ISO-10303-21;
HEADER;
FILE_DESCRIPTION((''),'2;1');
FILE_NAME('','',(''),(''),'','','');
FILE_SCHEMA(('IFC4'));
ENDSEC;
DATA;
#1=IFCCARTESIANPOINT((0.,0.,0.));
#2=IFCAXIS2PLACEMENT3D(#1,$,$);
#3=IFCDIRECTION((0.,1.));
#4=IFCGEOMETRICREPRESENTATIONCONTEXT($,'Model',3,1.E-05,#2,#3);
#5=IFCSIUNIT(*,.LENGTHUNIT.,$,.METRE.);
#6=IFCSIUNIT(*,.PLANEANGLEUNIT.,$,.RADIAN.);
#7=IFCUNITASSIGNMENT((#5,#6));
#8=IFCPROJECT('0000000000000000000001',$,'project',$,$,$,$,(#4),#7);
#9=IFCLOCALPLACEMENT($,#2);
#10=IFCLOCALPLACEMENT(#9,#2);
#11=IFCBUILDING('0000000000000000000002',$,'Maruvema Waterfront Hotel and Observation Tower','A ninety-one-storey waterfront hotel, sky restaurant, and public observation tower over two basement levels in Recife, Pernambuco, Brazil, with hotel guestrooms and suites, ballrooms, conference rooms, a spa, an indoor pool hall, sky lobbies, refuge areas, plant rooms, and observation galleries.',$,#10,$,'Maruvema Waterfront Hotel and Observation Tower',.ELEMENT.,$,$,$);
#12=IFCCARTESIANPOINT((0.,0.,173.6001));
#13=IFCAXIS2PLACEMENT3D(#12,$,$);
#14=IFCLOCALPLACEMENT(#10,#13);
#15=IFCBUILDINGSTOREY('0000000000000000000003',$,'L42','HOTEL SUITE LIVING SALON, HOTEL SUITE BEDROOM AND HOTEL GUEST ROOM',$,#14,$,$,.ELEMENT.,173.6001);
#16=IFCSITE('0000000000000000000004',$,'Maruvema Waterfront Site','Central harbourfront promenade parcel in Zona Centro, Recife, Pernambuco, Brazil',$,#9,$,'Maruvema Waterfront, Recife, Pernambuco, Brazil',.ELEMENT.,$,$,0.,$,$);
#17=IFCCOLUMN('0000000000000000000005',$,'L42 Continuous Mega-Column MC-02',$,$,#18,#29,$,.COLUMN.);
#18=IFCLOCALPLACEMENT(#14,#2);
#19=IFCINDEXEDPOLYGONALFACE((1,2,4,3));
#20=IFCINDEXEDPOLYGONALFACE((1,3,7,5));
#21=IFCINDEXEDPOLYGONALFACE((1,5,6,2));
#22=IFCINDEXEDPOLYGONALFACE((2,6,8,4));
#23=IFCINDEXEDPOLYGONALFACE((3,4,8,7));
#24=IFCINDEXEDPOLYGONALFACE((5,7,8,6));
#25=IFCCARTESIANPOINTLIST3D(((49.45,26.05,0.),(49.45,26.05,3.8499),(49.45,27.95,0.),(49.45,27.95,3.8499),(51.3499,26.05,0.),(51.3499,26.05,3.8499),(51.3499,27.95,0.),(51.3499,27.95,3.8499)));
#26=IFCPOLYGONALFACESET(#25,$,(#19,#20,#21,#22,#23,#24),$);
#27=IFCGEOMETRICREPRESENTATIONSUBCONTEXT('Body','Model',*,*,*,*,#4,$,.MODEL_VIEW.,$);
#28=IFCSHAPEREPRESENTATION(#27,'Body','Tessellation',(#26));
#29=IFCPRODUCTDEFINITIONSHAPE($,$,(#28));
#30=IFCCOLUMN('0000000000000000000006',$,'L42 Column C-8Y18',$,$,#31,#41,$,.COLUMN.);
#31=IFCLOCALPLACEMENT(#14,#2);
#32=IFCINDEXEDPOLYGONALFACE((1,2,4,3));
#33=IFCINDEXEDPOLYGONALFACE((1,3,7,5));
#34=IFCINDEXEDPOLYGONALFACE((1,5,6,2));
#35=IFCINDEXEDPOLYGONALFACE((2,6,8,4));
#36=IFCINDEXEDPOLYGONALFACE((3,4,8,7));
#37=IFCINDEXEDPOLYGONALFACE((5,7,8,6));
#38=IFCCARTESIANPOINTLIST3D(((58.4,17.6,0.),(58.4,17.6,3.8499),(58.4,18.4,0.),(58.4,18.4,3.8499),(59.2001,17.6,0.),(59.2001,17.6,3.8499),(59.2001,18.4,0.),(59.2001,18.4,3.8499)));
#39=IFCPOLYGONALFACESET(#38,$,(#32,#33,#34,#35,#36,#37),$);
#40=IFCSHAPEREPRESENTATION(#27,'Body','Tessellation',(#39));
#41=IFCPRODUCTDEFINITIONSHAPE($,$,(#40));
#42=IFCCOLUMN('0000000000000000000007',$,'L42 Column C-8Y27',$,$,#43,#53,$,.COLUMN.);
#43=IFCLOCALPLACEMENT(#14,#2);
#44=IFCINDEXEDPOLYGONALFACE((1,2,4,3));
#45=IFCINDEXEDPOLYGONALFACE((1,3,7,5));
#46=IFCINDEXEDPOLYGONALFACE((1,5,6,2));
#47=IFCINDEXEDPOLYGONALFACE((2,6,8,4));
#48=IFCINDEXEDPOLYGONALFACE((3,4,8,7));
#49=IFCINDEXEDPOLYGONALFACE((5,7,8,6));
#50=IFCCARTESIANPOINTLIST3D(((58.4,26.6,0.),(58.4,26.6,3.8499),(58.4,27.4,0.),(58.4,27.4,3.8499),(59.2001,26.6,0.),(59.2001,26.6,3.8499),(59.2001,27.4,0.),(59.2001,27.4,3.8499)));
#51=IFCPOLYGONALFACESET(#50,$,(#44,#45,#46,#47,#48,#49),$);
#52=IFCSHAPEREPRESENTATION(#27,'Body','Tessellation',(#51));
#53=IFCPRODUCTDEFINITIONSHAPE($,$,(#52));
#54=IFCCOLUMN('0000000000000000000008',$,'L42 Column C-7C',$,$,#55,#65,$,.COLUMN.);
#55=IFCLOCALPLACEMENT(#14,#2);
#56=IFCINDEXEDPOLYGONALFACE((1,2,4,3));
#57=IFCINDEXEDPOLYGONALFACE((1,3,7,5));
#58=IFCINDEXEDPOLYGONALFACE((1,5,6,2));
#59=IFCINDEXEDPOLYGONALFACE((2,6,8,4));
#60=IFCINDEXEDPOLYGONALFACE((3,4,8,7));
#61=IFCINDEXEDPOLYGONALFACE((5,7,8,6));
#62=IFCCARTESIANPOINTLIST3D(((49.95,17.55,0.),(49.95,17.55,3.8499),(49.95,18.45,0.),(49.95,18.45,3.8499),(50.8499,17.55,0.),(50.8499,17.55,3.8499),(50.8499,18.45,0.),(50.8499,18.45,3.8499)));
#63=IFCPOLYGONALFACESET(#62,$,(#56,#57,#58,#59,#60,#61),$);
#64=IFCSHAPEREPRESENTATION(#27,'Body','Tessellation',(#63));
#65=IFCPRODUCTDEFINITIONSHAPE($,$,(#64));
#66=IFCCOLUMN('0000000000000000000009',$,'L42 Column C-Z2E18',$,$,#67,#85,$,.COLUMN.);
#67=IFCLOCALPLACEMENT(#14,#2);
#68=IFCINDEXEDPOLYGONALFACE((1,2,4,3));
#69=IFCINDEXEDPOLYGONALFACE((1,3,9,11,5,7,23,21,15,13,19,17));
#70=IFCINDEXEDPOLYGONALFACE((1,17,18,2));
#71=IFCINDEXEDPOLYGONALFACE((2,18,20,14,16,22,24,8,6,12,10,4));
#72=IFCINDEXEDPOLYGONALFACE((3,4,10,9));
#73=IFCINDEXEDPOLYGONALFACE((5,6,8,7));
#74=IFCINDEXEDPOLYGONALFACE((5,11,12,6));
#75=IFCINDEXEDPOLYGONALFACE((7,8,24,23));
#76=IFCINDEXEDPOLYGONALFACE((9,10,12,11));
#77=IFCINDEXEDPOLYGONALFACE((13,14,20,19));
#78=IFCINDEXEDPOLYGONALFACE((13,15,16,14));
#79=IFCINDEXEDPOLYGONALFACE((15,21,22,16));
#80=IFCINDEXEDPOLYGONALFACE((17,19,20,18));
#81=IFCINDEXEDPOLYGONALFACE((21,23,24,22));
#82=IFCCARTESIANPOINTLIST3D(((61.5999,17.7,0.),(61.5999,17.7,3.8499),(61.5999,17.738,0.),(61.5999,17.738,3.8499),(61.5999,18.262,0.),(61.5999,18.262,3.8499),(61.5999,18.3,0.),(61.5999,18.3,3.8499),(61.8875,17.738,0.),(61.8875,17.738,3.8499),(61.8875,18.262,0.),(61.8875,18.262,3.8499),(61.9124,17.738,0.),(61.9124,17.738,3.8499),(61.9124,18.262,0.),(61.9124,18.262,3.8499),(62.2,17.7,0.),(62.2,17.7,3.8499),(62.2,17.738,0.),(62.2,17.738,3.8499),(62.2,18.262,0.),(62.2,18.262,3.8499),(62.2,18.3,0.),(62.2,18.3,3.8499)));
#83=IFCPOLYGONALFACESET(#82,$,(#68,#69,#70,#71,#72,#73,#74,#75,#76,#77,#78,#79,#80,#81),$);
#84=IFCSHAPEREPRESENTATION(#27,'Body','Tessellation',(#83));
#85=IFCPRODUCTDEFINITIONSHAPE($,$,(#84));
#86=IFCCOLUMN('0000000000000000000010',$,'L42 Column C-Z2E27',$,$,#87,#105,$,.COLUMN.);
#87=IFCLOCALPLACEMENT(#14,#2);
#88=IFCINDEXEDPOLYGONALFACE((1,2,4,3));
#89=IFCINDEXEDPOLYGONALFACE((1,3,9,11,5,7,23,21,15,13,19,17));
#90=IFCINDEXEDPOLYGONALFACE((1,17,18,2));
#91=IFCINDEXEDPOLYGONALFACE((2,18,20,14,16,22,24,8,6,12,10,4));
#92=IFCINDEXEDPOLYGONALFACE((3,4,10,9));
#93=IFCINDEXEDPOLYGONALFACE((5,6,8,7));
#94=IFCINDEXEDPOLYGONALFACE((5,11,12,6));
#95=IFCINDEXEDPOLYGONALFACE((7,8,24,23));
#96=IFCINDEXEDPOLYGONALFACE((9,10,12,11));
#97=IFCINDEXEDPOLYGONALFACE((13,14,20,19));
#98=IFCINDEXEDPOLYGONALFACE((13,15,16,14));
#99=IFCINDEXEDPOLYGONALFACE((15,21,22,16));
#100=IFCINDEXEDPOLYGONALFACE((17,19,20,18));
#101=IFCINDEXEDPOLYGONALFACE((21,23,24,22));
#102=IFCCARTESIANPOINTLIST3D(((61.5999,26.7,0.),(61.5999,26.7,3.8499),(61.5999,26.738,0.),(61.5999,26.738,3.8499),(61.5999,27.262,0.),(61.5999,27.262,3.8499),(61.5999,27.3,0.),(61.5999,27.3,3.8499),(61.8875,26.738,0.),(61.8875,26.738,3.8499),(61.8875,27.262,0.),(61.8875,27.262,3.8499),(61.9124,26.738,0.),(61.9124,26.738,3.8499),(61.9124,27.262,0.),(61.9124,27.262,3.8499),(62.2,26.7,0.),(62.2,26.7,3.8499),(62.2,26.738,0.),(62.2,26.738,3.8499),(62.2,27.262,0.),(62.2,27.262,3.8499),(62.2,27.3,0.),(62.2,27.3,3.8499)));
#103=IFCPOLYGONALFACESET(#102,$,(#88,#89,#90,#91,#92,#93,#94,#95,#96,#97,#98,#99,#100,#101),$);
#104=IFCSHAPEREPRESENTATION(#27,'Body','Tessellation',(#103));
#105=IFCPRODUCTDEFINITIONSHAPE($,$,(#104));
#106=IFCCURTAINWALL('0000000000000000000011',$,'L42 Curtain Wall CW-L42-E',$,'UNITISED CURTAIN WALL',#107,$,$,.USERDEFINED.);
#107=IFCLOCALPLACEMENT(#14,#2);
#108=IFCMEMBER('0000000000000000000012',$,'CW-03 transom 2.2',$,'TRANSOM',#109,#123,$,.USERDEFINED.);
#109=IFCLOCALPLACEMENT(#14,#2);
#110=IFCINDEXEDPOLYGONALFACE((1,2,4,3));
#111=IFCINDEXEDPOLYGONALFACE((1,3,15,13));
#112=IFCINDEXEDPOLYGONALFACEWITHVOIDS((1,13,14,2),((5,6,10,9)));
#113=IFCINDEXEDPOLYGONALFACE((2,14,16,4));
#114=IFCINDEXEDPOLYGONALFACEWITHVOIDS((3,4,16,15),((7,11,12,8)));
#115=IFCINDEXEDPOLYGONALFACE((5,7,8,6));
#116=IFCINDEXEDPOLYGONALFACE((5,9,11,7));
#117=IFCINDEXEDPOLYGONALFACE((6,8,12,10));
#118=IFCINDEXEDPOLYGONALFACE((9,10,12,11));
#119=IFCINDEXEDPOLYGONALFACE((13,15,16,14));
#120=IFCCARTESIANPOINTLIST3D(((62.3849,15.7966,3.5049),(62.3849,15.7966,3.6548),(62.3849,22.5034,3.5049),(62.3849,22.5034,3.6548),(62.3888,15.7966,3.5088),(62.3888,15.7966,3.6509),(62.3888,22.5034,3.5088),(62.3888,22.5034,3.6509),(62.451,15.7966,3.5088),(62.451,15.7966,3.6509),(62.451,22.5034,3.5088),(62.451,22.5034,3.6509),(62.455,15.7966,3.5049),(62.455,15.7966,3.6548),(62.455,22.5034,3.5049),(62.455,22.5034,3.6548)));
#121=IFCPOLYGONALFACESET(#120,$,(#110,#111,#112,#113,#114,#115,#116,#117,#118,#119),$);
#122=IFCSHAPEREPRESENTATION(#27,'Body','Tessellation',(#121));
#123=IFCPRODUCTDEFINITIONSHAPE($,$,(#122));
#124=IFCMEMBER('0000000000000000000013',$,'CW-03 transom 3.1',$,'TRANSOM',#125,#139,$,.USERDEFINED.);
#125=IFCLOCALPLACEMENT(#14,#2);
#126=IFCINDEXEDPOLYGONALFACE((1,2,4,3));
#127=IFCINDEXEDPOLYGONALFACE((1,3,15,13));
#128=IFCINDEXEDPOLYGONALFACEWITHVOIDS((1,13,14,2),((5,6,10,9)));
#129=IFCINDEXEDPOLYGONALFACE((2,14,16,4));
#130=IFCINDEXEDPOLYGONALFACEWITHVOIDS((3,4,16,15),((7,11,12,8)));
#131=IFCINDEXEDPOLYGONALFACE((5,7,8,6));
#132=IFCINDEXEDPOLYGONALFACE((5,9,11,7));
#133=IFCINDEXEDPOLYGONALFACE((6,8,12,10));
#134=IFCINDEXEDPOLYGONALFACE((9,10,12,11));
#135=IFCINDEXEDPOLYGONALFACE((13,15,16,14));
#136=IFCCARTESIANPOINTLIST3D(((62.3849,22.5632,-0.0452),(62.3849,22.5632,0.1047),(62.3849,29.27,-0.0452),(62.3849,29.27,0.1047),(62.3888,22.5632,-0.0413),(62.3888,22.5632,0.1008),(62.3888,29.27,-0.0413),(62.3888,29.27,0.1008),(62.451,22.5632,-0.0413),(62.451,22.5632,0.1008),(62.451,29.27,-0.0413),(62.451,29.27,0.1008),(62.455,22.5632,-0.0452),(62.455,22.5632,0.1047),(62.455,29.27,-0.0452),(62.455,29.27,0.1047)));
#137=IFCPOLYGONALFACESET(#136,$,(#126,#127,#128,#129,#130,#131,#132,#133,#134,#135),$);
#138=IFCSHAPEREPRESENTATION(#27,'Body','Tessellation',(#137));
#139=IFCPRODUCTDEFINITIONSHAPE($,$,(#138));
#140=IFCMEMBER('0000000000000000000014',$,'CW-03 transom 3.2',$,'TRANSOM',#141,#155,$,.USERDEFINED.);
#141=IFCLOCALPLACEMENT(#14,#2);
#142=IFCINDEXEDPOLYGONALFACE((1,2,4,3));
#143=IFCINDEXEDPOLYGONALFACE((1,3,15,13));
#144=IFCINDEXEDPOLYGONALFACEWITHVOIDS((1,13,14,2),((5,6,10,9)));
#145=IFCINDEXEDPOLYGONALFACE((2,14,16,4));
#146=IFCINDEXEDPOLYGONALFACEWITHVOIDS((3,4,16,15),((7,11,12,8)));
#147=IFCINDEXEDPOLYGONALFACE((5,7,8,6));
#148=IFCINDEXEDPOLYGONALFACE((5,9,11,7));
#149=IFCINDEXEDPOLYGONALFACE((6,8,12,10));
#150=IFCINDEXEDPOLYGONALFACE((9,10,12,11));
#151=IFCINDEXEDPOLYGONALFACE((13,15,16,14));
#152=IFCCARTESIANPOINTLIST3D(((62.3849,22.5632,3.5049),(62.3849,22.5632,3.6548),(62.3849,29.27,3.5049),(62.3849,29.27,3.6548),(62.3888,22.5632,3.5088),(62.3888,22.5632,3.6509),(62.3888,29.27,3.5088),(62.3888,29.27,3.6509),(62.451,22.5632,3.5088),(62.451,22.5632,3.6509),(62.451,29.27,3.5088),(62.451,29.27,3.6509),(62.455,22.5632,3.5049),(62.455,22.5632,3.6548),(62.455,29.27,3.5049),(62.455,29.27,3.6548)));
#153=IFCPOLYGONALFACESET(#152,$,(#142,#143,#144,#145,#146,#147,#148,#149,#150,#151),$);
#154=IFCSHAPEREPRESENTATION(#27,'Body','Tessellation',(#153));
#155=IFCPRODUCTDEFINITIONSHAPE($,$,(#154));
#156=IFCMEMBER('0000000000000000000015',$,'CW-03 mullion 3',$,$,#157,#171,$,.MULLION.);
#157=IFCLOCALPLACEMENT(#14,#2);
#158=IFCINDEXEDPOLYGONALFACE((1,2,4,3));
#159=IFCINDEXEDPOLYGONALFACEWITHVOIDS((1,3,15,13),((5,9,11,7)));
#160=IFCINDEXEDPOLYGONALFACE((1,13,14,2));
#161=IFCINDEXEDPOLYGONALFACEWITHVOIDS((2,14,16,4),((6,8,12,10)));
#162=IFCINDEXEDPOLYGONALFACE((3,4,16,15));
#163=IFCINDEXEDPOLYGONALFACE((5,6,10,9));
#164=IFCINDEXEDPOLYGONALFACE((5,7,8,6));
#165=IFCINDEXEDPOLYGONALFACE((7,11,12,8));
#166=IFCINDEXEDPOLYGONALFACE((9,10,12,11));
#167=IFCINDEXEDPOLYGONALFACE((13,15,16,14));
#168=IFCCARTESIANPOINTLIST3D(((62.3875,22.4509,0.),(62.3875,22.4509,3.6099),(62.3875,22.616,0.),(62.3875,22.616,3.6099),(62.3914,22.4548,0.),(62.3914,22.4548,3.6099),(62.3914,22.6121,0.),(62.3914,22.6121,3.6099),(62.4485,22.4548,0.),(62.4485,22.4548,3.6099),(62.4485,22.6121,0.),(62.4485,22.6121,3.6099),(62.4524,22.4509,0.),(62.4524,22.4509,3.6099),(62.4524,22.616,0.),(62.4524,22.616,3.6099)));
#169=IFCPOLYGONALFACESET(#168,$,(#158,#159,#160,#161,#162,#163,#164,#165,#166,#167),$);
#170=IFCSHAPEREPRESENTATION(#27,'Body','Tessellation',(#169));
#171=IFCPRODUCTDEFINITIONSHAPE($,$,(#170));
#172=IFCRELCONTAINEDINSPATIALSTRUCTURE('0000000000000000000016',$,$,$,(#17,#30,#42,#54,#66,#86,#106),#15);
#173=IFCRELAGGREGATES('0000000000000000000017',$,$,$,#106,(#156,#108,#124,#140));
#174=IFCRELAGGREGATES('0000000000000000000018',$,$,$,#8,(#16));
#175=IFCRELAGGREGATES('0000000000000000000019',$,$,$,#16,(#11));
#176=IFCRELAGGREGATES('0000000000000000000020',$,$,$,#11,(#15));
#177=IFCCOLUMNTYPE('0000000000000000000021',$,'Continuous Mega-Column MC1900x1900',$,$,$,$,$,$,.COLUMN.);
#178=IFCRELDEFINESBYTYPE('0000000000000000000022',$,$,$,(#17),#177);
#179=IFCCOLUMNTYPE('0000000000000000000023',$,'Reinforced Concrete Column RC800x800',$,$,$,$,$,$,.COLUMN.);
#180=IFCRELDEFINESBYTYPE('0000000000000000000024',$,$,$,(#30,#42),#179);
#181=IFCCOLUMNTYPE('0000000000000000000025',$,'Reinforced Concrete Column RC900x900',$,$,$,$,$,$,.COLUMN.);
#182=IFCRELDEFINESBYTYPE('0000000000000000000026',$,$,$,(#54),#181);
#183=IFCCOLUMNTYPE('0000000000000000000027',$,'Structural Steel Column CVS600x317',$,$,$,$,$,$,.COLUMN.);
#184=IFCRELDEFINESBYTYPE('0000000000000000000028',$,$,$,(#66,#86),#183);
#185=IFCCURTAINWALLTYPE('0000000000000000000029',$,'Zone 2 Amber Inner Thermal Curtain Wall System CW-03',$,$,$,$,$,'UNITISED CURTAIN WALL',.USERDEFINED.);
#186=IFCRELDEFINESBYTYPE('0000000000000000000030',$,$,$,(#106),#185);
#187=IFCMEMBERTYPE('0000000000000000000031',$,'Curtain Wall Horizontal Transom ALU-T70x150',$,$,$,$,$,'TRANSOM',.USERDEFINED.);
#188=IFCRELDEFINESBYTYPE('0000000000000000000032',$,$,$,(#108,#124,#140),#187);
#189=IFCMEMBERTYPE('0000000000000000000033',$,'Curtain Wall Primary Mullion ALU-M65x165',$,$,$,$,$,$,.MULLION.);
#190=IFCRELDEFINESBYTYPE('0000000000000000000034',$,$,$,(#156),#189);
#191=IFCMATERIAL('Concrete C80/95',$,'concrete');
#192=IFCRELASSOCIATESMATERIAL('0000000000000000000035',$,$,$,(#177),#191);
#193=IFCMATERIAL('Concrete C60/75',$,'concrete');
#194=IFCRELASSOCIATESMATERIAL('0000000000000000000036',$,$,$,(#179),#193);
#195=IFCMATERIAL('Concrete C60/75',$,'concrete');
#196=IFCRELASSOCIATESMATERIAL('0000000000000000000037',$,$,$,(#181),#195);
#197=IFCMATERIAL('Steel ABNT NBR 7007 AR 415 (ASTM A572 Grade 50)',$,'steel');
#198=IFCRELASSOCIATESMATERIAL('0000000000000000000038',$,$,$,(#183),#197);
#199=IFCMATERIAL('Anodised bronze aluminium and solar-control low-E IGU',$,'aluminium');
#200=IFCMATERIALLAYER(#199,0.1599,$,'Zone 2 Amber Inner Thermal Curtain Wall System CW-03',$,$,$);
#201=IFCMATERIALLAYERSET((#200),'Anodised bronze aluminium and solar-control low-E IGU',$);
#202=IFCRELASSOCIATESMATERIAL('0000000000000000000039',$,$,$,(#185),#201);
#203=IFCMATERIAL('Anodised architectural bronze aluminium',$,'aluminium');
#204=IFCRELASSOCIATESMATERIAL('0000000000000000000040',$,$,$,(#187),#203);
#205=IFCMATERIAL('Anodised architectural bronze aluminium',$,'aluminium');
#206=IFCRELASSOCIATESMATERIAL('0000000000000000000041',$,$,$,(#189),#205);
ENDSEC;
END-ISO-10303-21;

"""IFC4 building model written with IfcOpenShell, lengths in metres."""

from ifc_helpers import new_model, si_unit, direction, frame, origin, origin_2d, place, context, subcontext, project, spatial, rectangle, hollow_rectangle, i_section, extrude, material, layer, layer_set, material_profile, profile_set, type_object, element, aggregate, save


model = new_model("IFC4")

# Units and contexts
model_context = context("Model", 3, precision=1e-05, world=origin(), true_north=direction((0.0, 1.0)))
body_context = subcontext(model_context, "Body", "Model", "MODEL_VIEW")
ifc_project = project(units=[si_unit("LENGTHUNIT", "METRE"), si_unit("PLANEANGLEUNIT", "RADIAN")], contexts=[model_context])

# Site, building, storey
site_placement = place(None, origin())
site = spatial("IfcSite", under=ifc_project, at=site_placement, Name="Maruvema Waterfront Site", Description="Central harbourfront promenade parcel in Zona Centro, Recife, Pernambuco, Brazil", LongName="Maruvema Waterfront, Recife, Pernambuco, Brazil", CompositionType="ELEMENT", RefElevation=0.0)
building_placement = place(site_placement, origin())
building = spatial("IfcBuilding", under=site, at=building_placement, Name="Maruvema Waterfront Hotel and Observation Tower", Description="A ninety-one-storey waterfront hotel, sky restaurant, and public observation tower over two basement levels in Recife, Pernambuco, Brazil, with hotel guestrooms and suites, ballrooms, conference rooms, a spa, an indoor pool hall, sky lobbies, refuge areas, plant rooms, and observation galleries.", LongName="Maruvema Waterfront Hotel and Observation Tower", CompositionType="ELEMENT")
storey_placement = place(building_placement, frame((0.0, 0.0, 173.6001)))
storey = spatial("IfcBuildingStorey", under=building, at=storey_placement, Name="L42", Description="HOTEL SUITE LIVING SALON, HOTEL SUITE BEDROOM AND HOTEL GUEST ROOM", CompositionType="ELEMENT", Elevation=173.6001)

# Columns
ifc_material_1 = material(Name="Concrete C80/95", Category="concrete")
ifc_material_profile_1 = material_profile(ifc_material_1, rectangle(XDim=1.8999, YDim=1.8999, at=origin_2d()), Name="MC1900x1900")
ifc_profile_set_1 = profile_set([ifc_material_profile_1], Name="Concrete C80/95")
column_type_1 = type_object("IfcColumnType", Name="Continuous Mega-Column MC1900x1900", PredefinedType="COLUMN", material=ifc_profile_set_1)
column_1_placement = place(storey_placement, frame((50.3999, 27.0, 0.0), z_axis=(0.0, 0.0, 1.0), x_axis=(1.0, 0.0, 0.0)))
element("IfcColumn", 1, at=column_1_placement, inside=storey, type_object=column_type_1, Name="L42 Continuous Mega-Column MC-02", PredefinedType="COLUMN", context=body_context, shape_type="SweptSolid", body=[
    extrude(rectangle(XDim=1.8999, YDim=1.8999, at=origin_2d()), origin(), (0.0, 0.0, 1.0), 3.8499),
])
ifc_material_2 = material(Name="Concrete C60/75", Category="concrete")
ifc_material_profile_2 = material_profile(ifc_material_2, rectangle(XDim=0.8, YDim=0.8, at=origin_2d()), Name="RC800x800")
ifc_profile_set_2 = profile_set([ifc_material_profile_2], Name="Concrete C60/75")
column_type_2 = type_object("IfcColumnType", Name="Reinforced Concrete Column RC800x800", PredefinedType="COLUMN", material=ifc_profile_set_2)
for number, where, z_axis, x_axis, name in (
    (2, (58.8, 18.0, 0.0), (0.0, 0.0, 1.0), (1.0, 0.0, 0.0), "L42 Column C-8Y18"),
    (3, (58.8, 27.0, 0.0), (0.0, 0.0, 1.0), (1.0, 0.0, 0.0), "L42 Column C-8Y27"),
):
    element("IfcColumn", number, at=place(storey_placement, frame(where, z_axis=z_axis, x_axis=x_axis)), inside=storey, type_object=column_type_2, Name=name, PredefinedType="COLUMN", context=body_context, shape_type="SweptSolid", body=[
        extrude(rectangle(XDim=0.8, YDim=0.8, at=origin_2d()), origin(), (0.0, 0.0, 1.0), 3.8499),
    ])
ifc_material_3 = material(Name="Concrete C60/75", Category="concrete")
ifc_material_profile_3 = material_profile(ifc_material_3, rectangle(XDim=0.8999, YDim=0.8999, at=origin_2d()), Name="RC900x900")
ifc_profile_set_3 = profile_set([ifc_material_profile_3], Name="Concrete C60/75")
column_type_3 = type_object("IfcColumnType", Name="Reinforced Concrete Column RC900x900", PredefinedType="COLUMN", material=ifc_profile_set_3)
column_2_placement = place(storey_placement, frame((50.3999, 18.0, 0.0), z_axis=(0.0, 0.0, 1.0), x_axis=(1.0, 0.0, 0.0)))
element("IfcColumn", 4, at=column_2_placement, inside=storey, type_object=column_type_3, Name="L42 Column C-7C", PredefinedType="COLUMN", context=body_context, shape_type="SweptSolid", body=[
    extrude(rectangle(XDim=0.8999, YDim=0.8999, at=origin_2d()), origin(), (0.0, 0.0, 1.0), 3.8499),
])
ifc_material_4 = material(Name="Steel ABNT NBR 7007 AR 415 (ASTM A572 Grade 50)", Category="steel")
ifc_material_profile_4 = material_profile(ifc_material_4, i_section(OverallWidth=0.6001, OverallDepth=0.6001, WebThickness=0.0249, FlangeThickness=0.0381, at=origin_2d()), Name="CVS600x317")
ifc_profile_set_4 = profile_set([ifc_material_profile_4], Name="Steel ABNT NBR 7007 AR 415 (ASTM A572 Grade 50)")
column_type_4 = type_object("IfcColumnType", Name="Structural Steel Column CVS600x317", PredefinedType="COLUMN", material=ifc_profile_set_4)
for number, where, z_axis, x_axis, name in (
    (5, (61.8999, 18.0, 0.0), (0.0, 0.0, 1.0), (1.0, 0.0, 0.0), "L42 Column C-Z2E18"),
    (6, (61.8999, 27.0, 0.0), (0.0, 0.0, 1.0), (1.0, 0.0, 0.0), "L42 Column C-Z2E27"),
):
    element("IfcColumn", number, at=place(storey_placement, frame(where, z_axis=z_axis, x_axis=x_axis)), inside=storey, type_object=column_type_4, Name=name, PredefinedType="COLUMN", context=body_context, shape_type="SweptSolid", body=[
        extrude(i_section(OverallWidth=0.6001, OverallDepth=0.6001, WebThickness=0.0249, FlangeThickness=0.0381, at=origin_2d()), origin(), (0.0, 0.0, 1.0), 3.8499),
    ])

# Curtain wall, members
ifc_material_5 = material(Name="Anodised bronze aluminium and solar-control low-E IGU", Category="aluminium")
ifc_layer_1 = layer(ifc_material_5, 0.1599, Name="Zone 2 Amber Inner Thermal Curtain Wall System CW-03")
ifc_layer_set_1 = layer_set([ifc_layer_1], Name="Anodised bronze aluminium and solar-control low-E IGU")
curtain_wall_type = type_object("IfcCurtainWallType", Name="Zone 2 Amber Inner Thermal Curtain Wall System CW-03", ElementType="UNITISED CURTAIN WALL", PredefinedType="USERDEFINED", material=ifc_layer_set_1)
curtain_wall_placement = place(storey_placement, origin())
curtain_wall = element("IfcCurtainWall", 7, at=curtain_wall_placement, inside=storey, type_object=curtain_wall_type, Name="L42 Curtain Wall CW-L42-E", ObjectType="UNITISED CURTAIN WALL", PredefinedType="USERDEFINED")
ifc_material_6 = material(Name="Anodised architectural bronze aluminium", Category="aluminium")
ifc_material_profile_5 = material_profile(ifc_material_6, hollow_rectangle(XDim=0.0701, YDim=0.1499, WallThickness=0.0039, at=origin_2d()), Name="ALU-T70x150")
ifc_profile_set_5 = profile_set([ifc_material_profile_5], Name="Anodised architectural bronze aluminium")
member_type_1 = type_object("IfcMemberType", Name="Curtain Wall Horizontal Transom ALU-T70x150", ElementType="TRANSOM", PredefinedType="USERDEFINED", material=ifc_profile_set_5)
member_1_placement = place(storey_placement, frame((62.4199, 15.7966, 3.5798), z_axis=(0.0, 1.0, 0.0), x_axis=(-1.0, 0.0, 0.0)))
member_1 = element("IfcMember", 8, at=member_1_placement, type_object=member_type_1, Name="CW-03 transom 2.2", ObjectType="TRANSOM", PredefinedType="USERDEFINED", context=body_context, shape_type="SweptSolid", body=[
    extrude(hollow_rectangle(XDim=0.0701, YDim=0.1499, WallThickness=0.0039, at=origin_2d()), origin(), (0.0, 0.0, 1.0), 6.7068),
])
member_2_placement = place(storey_placement, frame((62.4199, 22.5632, 0.0298), z_axis=(0.0, 1.0, 0.0), x_axis=(-1.0, 0.0, 0.0)))
member_2 = element("IfcMember", 9, at=member_2_placement, type_object=member_type_1, Name="CW-03 transom 3.1", ObjectType="TRANSOM", PredefinedType="USERDEFINED", context=body_context, shape_type="SweptSolid", body=[
    extrude(hollow_rectangle(XDim=0.0701, YDim=0.1499, WallThickness=0.0039, at=origin_2d()), origin(), (0.0, 0.0, 1.0), 6.7068),
])
member_3_placement = place(storey_placement, frame((62.4199, 22.5632, 3.5798), z_axis=(0.0, 1.0, 0.0), x_axis=(-1.0, 0.0, 0.0)))
member_3 = element("IfcMember", 10, at=member_3_placement, type_object=member_type_1, Name="CW-03 transom 3.2", ObjectType="TRANSOM", PredefinedType="USERDEFINED", context=body_context, shape_type="SweptSolid", body=[
    extrude(hollow_rectangle(XDim=0.0701, YDim=0.1499, WallThickness=0.0039, at=origin_2d()), origin(), (0.0, 0.0, 1.0), 6.7068),
])
ifc_material_7 = material(Name="Anodised architectural bronze aluminium", Category="aluminium")
ifc_material_profile_6 = material_profile(ifc_material_7, hollow_rectangle(XDim=0.0649, YDim=0.165, WallThickness=0.0039, at=origin_2d()), Name="ALU-M65x165")
ifc_profile_set_6 = profile_set([ifc_material_profile_6], Name="Anodised architectural bronze aluminium")
member_type_2 = type_object("IfcMemberType", Name="Curtain Wall Primary Mullion ALU-M65x165", PredefinedType="MULLION", material=ifc_profile_set_6)
member_4_placement = place(storey_placement, frame((62.4199, 22.5334, 0.0), z_axis=(0.0, 0.0, 1.0), x_axis=(-1.0, 0.0, 0.0)))
member_4 = element("IfcMember", 11, at=member_4_placement, type_object=member_type_2, Name="CW-03 mullion 3", PredefinedType="MULLION", context=body_context, shape_type="SweptSolid", body=[
    extrude(hollow_rectangle(XDim=0.0649, YDim=0.165, WallThickness=0.0039, at=origin_2d()), origin(), (0.0, 0.0, 1.0), 3.6099),
])

aggregate(curtain_wall, [member_4, member_1, member_2, member_3])

save(model, "model.ifc")
